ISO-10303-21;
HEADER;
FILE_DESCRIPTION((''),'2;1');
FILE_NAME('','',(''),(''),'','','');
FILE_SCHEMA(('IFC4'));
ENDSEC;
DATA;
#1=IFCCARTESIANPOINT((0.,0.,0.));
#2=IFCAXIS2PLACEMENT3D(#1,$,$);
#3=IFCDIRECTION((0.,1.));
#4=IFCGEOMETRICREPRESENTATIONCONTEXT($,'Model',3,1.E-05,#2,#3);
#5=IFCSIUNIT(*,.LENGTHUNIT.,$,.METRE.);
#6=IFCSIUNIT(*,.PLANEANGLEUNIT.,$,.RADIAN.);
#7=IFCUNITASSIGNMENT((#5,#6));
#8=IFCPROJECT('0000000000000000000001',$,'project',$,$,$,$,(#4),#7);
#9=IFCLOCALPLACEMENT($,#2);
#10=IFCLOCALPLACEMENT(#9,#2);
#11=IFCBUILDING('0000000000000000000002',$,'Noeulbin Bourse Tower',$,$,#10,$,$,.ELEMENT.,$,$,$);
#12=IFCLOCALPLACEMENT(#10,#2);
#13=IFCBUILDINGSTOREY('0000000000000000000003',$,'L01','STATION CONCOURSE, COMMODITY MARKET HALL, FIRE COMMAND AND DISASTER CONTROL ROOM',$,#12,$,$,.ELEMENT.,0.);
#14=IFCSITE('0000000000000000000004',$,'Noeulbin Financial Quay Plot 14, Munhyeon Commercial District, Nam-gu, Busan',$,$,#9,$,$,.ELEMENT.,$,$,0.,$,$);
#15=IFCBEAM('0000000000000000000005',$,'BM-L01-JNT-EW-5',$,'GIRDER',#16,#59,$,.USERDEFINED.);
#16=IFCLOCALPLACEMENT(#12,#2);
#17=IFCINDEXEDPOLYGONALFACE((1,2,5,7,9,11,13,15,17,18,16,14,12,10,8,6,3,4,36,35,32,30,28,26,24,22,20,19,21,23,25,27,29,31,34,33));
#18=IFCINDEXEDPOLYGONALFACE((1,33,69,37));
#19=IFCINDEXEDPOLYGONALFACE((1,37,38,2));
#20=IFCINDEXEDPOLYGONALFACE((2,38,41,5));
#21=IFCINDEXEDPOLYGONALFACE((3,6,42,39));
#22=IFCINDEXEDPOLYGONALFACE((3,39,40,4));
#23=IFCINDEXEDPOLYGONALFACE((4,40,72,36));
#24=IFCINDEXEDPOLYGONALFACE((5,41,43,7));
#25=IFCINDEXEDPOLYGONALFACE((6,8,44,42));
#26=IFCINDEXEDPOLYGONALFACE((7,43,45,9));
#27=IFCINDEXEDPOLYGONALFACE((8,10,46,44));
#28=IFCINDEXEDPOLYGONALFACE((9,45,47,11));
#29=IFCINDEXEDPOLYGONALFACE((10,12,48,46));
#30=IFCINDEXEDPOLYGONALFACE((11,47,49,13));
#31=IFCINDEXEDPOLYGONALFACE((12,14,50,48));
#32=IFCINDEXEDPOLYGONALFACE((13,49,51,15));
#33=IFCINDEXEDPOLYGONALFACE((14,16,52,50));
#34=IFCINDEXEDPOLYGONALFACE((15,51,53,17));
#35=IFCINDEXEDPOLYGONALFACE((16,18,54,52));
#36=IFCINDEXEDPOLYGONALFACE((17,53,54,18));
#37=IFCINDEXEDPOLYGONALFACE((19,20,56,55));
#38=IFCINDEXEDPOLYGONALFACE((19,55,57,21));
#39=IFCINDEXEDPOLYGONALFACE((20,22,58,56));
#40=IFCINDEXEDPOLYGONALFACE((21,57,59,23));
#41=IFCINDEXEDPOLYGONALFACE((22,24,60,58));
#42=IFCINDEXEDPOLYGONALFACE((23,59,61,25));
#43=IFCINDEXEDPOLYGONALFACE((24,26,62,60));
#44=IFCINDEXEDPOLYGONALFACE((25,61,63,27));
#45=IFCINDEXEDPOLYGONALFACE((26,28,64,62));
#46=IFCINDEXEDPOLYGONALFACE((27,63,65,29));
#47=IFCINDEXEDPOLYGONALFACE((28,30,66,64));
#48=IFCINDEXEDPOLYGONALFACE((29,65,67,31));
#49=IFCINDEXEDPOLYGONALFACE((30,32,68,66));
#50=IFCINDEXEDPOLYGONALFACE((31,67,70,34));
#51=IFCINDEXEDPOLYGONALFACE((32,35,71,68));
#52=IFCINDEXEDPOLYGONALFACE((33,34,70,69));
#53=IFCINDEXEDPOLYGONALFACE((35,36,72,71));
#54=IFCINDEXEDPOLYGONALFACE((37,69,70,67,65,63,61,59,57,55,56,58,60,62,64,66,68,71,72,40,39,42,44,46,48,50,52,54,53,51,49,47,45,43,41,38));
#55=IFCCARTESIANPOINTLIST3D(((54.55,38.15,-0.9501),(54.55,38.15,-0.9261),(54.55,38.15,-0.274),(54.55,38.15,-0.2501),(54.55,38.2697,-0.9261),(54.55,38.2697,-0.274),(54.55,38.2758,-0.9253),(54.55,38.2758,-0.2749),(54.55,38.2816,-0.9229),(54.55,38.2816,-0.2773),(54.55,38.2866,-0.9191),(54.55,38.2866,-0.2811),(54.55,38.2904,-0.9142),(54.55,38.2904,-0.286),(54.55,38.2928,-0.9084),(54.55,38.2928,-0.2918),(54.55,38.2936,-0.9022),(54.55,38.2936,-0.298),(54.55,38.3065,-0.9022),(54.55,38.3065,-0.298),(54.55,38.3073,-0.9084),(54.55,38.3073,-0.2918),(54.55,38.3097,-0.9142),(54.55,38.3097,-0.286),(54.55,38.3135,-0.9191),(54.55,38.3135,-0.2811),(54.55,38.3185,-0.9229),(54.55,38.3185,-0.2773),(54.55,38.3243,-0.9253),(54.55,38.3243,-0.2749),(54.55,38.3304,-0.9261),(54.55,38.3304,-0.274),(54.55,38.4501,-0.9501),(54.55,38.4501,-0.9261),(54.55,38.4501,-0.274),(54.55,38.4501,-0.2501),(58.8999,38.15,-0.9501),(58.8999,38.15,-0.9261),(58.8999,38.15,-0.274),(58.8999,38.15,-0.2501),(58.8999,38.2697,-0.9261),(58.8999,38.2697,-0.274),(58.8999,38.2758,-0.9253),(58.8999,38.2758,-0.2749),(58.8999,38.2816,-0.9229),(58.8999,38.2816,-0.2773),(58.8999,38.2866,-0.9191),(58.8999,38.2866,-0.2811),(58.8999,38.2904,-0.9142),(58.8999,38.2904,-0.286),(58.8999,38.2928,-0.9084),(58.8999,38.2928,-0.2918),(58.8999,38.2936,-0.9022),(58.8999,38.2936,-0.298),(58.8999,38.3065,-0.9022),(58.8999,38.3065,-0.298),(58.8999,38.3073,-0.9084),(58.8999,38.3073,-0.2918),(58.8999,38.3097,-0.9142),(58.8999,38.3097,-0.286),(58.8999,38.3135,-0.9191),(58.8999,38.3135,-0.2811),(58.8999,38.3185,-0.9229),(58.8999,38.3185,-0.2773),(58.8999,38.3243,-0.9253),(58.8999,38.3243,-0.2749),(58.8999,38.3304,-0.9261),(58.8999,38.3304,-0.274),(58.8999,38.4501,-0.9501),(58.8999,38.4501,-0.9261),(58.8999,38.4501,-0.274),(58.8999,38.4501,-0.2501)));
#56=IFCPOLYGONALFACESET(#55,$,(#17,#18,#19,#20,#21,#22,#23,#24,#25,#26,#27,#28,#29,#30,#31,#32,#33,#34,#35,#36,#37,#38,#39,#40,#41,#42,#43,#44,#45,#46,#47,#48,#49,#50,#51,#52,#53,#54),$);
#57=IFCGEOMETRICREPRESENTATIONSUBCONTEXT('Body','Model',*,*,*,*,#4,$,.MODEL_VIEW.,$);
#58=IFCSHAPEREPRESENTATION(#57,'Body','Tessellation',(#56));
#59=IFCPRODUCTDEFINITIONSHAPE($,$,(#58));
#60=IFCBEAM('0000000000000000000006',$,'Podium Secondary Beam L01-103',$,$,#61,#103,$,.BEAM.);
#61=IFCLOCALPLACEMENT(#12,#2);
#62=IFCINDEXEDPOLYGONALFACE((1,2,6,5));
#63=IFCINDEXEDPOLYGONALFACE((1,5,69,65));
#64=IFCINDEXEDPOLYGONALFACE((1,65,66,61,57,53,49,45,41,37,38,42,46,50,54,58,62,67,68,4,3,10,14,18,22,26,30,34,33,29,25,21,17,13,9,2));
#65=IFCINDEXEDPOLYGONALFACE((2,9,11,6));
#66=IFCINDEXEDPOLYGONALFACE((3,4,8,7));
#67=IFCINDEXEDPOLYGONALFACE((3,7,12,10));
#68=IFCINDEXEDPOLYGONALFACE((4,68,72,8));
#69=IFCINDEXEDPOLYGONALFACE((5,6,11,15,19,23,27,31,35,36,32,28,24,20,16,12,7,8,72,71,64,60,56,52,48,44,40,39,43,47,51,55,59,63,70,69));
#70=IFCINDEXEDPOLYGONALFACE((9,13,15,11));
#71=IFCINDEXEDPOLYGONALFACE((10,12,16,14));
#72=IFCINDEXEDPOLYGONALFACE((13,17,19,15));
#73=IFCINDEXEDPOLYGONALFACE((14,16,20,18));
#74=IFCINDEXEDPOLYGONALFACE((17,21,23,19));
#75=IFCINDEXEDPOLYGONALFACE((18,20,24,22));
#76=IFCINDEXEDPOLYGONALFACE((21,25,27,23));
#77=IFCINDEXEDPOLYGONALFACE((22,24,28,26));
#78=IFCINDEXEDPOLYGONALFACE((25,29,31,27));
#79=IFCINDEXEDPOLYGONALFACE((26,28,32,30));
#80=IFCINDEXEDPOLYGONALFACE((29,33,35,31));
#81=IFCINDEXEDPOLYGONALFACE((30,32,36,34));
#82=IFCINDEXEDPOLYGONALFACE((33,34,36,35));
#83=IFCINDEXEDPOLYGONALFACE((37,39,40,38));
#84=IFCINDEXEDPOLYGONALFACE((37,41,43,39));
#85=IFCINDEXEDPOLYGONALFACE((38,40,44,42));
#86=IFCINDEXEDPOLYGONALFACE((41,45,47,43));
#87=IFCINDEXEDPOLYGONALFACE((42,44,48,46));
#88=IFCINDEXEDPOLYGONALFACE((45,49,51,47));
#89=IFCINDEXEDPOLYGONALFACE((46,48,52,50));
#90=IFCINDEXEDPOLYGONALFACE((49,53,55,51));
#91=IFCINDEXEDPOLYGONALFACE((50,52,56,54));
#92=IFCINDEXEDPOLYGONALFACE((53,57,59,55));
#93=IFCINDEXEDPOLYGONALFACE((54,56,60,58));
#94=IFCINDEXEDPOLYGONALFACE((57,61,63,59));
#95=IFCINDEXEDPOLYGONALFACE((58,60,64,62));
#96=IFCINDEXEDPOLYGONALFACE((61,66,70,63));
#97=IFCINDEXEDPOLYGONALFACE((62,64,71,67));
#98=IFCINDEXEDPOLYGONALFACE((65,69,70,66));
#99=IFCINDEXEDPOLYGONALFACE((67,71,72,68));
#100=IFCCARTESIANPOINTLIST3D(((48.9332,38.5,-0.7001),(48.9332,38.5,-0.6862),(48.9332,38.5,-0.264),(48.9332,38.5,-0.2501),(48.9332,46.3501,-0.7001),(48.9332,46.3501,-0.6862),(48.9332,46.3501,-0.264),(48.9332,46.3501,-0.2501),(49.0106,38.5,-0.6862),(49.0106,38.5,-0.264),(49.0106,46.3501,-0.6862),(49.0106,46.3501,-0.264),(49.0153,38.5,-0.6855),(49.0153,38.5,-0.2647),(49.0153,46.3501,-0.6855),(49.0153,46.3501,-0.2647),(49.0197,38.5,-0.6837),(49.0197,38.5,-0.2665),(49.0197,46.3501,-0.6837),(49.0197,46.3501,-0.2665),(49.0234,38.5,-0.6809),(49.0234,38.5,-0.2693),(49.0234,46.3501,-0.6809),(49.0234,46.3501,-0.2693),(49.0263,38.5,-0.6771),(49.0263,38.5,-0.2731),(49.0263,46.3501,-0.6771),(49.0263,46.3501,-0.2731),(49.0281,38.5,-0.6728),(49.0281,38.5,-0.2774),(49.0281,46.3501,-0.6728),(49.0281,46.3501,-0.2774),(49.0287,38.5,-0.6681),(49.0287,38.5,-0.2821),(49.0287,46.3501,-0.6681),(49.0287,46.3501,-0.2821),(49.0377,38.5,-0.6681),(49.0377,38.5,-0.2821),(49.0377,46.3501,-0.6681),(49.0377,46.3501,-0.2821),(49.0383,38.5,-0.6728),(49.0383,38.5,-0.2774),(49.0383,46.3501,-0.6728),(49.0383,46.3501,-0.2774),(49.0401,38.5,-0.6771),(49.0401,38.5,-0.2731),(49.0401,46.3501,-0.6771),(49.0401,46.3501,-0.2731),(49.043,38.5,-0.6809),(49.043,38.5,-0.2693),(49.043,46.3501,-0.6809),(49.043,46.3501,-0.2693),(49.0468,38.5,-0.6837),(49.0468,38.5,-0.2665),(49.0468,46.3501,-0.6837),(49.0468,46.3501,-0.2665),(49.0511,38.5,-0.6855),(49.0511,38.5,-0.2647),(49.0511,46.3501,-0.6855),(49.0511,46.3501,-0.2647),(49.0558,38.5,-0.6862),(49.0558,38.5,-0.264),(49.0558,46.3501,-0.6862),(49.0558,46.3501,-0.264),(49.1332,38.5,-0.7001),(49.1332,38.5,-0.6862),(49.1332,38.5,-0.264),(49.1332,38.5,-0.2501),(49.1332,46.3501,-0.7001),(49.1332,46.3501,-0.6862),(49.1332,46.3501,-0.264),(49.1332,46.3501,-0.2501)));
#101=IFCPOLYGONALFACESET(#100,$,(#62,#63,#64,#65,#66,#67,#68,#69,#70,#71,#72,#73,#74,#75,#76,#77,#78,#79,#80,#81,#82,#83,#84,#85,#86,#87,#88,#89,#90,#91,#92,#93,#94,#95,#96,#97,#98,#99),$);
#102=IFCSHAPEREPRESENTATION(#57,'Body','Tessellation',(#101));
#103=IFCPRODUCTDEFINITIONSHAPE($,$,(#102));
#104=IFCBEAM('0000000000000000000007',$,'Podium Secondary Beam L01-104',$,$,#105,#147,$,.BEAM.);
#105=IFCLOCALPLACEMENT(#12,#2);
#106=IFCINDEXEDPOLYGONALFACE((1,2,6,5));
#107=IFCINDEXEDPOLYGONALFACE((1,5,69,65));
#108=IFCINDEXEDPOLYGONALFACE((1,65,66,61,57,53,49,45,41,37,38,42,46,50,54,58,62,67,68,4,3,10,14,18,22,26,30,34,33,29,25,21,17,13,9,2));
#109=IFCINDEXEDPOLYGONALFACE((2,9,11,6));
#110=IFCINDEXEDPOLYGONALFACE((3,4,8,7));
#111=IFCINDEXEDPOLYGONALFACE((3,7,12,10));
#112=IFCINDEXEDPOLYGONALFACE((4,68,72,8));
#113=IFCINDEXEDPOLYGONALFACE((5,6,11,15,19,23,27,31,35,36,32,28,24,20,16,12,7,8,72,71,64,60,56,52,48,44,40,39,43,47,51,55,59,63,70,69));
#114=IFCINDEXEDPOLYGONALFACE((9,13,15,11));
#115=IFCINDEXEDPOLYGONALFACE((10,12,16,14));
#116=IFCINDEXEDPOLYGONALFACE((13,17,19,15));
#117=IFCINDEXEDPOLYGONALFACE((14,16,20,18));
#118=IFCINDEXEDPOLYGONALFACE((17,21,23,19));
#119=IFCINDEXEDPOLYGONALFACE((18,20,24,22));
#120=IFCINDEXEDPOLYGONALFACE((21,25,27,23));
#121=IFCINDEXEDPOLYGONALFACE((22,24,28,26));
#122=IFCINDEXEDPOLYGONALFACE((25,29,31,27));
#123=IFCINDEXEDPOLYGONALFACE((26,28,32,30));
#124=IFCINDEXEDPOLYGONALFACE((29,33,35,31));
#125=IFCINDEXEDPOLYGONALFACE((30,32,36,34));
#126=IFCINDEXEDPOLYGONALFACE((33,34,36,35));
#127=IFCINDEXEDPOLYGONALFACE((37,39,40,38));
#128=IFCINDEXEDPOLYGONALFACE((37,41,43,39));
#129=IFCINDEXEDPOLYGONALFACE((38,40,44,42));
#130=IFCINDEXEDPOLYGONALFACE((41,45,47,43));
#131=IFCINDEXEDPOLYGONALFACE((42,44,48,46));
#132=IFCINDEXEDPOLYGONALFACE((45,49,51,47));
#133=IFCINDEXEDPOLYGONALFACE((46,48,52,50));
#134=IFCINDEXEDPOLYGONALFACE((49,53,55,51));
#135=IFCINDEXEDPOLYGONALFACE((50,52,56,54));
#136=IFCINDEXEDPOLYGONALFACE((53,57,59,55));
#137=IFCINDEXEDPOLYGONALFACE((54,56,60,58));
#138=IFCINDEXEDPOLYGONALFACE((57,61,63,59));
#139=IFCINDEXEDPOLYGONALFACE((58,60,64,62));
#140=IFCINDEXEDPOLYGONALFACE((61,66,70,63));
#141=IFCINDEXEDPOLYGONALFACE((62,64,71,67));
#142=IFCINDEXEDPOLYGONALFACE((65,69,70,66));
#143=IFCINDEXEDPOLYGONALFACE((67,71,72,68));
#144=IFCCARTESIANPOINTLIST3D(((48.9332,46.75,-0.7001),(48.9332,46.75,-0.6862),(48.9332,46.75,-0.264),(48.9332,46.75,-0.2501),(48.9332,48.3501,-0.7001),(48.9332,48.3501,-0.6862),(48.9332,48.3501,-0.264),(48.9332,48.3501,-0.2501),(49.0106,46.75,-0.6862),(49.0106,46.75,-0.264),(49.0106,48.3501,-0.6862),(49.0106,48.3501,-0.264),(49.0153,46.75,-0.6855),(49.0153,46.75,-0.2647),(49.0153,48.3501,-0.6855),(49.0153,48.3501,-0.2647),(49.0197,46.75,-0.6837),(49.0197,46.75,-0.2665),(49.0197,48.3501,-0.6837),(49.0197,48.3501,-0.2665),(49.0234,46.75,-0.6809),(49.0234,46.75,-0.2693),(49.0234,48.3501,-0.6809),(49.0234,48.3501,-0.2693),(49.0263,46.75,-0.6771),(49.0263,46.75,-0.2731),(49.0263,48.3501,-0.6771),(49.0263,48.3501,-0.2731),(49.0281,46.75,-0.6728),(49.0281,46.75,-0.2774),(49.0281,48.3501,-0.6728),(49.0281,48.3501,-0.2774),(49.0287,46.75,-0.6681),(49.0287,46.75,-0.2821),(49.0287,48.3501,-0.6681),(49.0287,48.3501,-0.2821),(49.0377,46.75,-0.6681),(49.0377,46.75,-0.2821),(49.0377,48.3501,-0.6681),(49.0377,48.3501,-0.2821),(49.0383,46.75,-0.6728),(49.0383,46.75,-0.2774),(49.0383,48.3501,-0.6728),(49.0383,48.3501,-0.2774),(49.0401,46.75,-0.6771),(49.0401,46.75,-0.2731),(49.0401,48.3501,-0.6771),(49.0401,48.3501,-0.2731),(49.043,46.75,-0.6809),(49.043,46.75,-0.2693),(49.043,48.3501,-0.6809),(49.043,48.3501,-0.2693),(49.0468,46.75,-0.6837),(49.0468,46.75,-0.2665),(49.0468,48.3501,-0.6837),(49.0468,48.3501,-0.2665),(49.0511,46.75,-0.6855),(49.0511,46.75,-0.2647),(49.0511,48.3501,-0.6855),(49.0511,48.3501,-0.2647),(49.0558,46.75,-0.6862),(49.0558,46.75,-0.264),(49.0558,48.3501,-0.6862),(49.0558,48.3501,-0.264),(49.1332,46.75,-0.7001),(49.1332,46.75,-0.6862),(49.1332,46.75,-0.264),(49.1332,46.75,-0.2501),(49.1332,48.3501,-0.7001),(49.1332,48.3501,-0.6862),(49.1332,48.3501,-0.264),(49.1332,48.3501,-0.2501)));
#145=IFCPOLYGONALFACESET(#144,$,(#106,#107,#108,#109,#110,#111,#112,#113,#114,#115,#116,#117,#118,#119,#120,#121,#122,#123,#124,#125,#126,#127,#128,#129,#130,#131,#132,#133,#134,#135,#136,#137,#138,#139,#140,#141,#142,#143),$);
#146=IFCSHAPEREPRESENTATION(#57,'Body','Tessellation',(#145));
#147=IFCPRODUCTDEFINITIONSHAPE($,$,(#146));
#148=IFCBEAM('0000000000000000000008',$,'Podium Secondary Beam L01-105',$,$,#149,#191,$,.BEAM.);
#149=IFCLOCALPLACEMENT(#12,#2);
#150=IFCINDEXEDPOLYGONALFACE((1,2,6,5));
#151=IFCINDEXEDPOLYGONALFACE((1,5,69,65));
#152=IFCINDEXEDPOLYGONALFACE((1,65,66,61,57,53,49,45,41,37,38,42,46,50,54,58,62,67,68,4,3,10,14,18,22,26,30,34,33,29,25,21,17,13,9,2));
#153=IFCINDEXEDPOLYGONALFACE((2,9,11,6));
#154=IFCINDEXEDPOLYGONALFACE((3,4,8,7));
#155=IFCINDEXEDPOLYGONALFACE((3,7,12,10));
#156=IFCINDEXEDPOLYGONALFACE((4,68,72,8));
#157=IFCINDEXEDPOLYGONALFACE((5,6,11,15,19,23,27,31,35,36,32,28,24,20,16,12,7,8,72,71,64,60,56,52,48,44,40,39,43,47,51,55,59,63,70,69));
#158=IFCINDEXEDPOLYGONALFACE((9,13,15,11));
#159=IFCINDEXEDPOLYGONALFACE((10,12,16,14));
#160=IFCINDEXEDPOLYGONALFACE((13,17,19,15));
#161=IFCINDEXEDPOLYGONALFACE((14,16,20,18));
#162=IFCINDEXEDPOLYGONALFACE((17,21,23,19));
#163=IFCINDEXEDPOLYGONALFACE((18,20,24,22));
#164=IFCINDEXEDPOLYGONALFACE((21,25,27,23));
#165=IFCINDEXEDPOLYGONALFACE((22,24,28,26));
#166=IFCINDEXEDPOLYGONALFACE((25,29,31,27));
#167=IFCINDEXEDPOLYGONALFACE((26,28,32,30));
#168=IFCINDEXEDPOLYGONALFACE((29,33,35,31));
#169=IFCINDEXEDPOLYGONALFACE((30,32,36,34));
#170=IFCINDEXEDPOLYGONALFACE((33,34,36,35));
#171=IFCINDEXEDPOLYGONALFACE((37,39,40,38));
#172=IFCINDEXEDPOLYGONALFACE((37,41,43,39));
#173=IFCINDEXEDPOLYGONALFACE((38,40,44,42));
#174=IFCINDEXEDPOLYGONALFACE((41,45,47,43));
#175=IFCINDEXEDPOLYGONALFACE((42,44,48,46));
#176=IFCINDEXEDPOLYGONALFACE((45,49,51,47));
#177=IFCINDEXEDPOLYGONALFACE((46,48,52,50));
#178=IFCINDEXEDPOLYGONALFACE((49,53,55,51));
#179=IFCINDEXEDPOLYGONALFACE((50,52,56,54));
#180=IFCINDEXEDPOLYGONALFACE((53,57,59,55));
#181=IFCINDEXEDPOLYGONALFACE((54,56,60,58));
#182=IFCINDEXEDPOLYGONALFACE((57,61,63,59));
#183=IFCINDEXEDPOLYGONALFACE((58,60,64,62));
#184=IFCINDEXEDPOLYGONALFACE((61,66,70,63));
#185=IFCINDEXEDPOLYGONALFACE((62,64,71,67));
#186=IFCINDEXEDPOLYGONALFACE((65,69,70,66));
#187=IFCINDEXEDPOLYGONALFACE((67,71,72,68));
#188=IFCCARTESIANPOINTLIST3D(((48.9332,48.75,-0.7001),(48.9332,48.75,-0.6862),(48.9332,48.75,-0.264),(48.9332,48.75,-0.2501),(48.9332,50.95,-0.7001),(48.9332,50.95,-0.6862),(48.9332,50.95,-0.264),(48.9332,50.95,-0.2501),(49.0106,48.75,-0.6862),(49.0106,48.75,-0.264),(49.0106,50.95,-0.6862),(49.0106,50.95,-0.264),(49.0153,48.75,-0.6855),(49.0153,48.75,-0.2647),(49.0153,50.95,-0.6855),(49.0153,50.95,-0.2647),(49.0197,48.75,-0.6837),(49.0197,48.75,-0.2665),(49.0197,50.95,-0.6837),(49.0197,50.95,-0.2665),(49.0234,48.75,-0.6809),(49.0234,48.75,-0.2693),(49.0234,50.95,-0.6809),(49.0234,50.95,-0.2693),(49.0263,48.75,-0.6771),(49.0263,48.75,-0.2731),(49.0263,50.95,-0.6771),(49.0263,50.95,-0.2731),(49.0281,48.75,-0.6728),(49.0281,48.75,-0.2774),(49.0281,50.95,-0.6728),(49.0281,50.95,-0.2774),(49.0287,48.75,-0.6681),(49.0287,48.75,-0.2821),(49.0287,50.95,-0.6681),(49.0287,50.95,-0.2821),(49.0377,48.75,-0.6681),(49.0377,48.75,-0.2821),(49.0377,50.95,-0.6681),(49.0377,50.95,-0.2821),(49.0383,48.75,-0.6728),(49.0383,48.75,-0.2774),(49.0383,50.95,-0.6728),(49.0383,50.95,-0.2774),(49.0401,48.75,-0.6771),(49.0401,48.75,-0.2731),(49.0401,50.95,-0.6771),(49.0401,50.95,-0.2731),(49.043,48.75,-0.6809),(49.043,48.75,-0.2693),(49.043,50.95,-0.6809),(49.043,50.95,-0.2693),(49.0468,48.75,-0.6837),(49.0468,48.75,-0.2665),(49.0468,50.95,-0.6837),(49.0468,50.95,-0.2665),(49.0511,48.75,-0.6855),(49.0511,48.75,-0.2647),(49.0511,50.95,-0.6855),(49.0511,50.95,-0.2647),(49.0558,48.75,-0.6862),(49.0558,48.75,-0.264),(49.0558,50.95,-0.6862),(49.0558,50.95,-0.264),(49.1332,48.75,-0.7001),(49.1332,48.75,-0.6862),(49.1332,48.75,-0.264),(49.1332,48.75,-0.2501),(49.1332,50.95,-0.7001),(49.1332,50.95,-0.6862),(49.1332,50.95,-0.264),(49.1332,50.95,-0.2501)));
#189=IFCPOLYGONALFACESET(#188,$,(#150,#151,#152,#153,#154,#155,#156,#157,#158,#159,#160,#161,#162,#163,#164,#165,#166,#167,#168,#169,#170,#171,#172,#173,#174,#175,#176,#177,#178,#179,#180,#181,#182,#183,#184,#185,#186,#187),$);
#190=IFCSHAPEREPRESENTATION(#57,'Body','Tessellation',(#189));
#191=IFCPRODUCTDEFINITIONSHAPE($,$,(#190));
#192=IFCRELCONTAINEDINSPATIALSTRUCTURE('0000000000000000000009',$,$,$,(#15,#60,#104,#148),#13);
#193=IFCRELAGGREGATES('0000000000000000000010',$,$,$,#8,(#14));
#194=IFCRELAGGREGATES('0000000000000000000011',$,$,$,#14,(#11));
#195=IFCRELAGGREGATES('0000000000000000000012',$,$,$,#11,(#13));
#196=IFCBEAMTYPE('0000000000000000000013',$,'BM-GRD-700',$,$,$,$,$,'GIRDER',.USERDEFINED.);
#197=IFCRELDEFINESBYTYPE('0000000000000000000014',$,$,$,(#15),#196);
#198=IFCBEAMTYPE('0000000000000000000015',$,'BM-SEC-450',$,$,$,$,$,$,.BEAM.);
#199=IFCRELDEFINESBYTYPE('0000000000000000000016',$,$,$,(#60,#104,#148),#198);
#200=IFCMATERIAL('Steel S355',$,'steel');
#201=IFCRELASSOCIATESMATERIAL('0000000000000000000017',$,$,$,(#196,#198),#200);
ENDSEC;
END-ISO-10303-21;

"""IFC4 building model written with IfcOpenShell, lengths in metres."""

from ifc_helpers import new_model, si_unit, direction, frame, origin, origin_2d, place, context, subcontext, project, spatial, i_section, extrude, material, material_profile, profile_set, type_object, element, save


model = new_model("IFC4")

# Units and contexts
model_context = context("Model", 3, precision=1e-05, world=origin(), true_north=direction((0.0, 1.0)))
body_context = subcontext(model_context, "Body", "Model", "MODEL_VIEW")
ifc_project = project(units=[si_unit("LENGTHUNIT", "METRE"), si_unit("PLANEANGLEUNIT", "RADIAN")], contexts=[model_context])

# Site, building, storey
site_placement = place(None, origin())
site = spatial("IfcSite", under=ifc_project, at=site_placement, Name="Noeulbin Financial Quay Plot 14, Munhyeon Commercial District, Nam-gu, Busan", CompositionType="ELEMENT", RefElevation=0.0)
building_placement = place(site_placement, origin())
building = spatial("IfcBuilding", under=site, at=building_placement, Name="Noeulbin Bourse Tower", CompositionType="ELEMENT")
storey_placement = place(building_placement, origin())
storey = spatial("IfcBuildingStorey", under=building, at=storey_placement, Name="L01", Description="STATION CONCOURSE, COMMODITY MARKET HALL, FIRE COMMAND AND DISASTER CONTROL ROOM", CompositionType="ELEMENT", Elevation=0.0)

# Beams
ifc_material_1 = material(Name="Steel S355", Category="steel")
ifc_material_profile_1 = material_profile(ifc_material_1, i_section(OverallWidth=0.3, OverallDepth=0.7, WebThickness=0.0129, FlangeThickness=0.0239, FilletRadius=0.0239, at=origin_2d()), Name="H-700x300x13x24", Category="LoadBearing")
ifc_profile_set_1 = profile_set([ifc_material_profile_1], Name="Steel S355")
beam_type_1 = type_object("IfcBeamType", Name="BM-GRD-700", ElementType="GIRDER", PredefinedType="USERDEFINED", material=ifc_profile_set_1)
beam_1_placement = place(storey_placement, frame((54.55, 38.3, -0.6001), z_axis=(1.0, 0.0, 0.0), x_axis=(0.0, 1.0, 0.0)))
element("IfcBeam", 1, at=beam_1_placement, inside=storey, type_object=beam_type_1, Name="BM-L01-JNT-EW-5", ObjectType="GIRDER", PredefinedType="USERDEFINED", context=body_context, shape_type="SweptSolid", body=[
    extrude(i_section(OverallWidth=0.3, OverallDepth=0.7, WebThickness=0.0129, FlangeThickness=0.0239, FilletRadius=0.0239, at=origin_2d()), origin(), (0.0, 0.0, 1.0), 4.3499),
])
ifc_material_profile_2 = material_profile(ifc_material_1, i_section(OverallWidth=0.2, OverallDepth=0.45, WebThickness=0.009, FlangeThickness=0.0139, FilletRadius=0.0181, at=origin_2d()), Name="H-450x200x9x14", Category="LoadBearing")
ifc_profile_set_2 = profile_set([ifc_material_profile_2], Name="Steel S355")
beam_type_2 = type_object("IfcBeamType", Name="BM-SEC-450", PredefinedType="BEAM", material=ifc_profile_set_2)
beam_2_placement = place(storey_placement, frame((49.0332, 38.5, -0.4751), z_axis=(0.0, 1.0, 0.0), x_axis=(-1.0, 0.0, 0.0)))
element("IfcBeam", 2, at=beam_2_placement, inside=storey, type_object=beam_type_2, Name="Podium Secondary Beam L01-103", PredefinedType="BEAM", context=body_context, shape_type="SweptSolid", body=[
    extrude(i_section(OverallWidth=0.2, OverallDepth=0.45, WebThickness=0.009, FlangeThickness=0.0139, FilletRadius=0.0181, at=origin_2d()), origin(), (0.0, 0.0, 1.0), 7.8501),
])
beam_3_placement = place(storey_placement, frame((49.0332, 46.75, -0.4751), z_axis=(0.0, 1.0, 0.0), x_axis=(-1.0, 0.0, 0.0)))
element("IfcBeam", 3, at=beam_3_placement, inside=storey, type_object=beam_type_2, Name="Podium Secondary Beam L01-104", PredefinedType="BEAM", context=body_context, shape_type="SweptSolid", body=[
    extrude(i_section(OverallWidth=0.2, OverallDepth=0.45, WebThickness=0.009, FlangeThickness=0.0139, FilletRadius=0.0181, at=origin_2d()), origin(), (0.0, 0.0, 1.0), 1.6001),
])
beam_4_placement = place(storey_placement, frame((49.0332, 48.75, -0.4751), z_axis=(0.0, 1.0, 0.0), x_axis=(-1.0, 0.0, 0.0)))
element("IfcBeam", 4, at=beam_4_placement, inside=storey, type_object=beam_type_2, Name="Podium Secondary Beam L01-105", PredefinedType="BEAM", context=body_context, shape_type="SweptSolid", body=[
    extrude(i_section(OverallWidth=0.2, OverallDepth=0.45, WebThickness=0.009, FlangeThickness=0.0139, FilletRadius=0.0181, at=origin_2d()), origin(), (0.0, 0.0, 1.0), 2.2),
])

save(model, "model.ifc")
